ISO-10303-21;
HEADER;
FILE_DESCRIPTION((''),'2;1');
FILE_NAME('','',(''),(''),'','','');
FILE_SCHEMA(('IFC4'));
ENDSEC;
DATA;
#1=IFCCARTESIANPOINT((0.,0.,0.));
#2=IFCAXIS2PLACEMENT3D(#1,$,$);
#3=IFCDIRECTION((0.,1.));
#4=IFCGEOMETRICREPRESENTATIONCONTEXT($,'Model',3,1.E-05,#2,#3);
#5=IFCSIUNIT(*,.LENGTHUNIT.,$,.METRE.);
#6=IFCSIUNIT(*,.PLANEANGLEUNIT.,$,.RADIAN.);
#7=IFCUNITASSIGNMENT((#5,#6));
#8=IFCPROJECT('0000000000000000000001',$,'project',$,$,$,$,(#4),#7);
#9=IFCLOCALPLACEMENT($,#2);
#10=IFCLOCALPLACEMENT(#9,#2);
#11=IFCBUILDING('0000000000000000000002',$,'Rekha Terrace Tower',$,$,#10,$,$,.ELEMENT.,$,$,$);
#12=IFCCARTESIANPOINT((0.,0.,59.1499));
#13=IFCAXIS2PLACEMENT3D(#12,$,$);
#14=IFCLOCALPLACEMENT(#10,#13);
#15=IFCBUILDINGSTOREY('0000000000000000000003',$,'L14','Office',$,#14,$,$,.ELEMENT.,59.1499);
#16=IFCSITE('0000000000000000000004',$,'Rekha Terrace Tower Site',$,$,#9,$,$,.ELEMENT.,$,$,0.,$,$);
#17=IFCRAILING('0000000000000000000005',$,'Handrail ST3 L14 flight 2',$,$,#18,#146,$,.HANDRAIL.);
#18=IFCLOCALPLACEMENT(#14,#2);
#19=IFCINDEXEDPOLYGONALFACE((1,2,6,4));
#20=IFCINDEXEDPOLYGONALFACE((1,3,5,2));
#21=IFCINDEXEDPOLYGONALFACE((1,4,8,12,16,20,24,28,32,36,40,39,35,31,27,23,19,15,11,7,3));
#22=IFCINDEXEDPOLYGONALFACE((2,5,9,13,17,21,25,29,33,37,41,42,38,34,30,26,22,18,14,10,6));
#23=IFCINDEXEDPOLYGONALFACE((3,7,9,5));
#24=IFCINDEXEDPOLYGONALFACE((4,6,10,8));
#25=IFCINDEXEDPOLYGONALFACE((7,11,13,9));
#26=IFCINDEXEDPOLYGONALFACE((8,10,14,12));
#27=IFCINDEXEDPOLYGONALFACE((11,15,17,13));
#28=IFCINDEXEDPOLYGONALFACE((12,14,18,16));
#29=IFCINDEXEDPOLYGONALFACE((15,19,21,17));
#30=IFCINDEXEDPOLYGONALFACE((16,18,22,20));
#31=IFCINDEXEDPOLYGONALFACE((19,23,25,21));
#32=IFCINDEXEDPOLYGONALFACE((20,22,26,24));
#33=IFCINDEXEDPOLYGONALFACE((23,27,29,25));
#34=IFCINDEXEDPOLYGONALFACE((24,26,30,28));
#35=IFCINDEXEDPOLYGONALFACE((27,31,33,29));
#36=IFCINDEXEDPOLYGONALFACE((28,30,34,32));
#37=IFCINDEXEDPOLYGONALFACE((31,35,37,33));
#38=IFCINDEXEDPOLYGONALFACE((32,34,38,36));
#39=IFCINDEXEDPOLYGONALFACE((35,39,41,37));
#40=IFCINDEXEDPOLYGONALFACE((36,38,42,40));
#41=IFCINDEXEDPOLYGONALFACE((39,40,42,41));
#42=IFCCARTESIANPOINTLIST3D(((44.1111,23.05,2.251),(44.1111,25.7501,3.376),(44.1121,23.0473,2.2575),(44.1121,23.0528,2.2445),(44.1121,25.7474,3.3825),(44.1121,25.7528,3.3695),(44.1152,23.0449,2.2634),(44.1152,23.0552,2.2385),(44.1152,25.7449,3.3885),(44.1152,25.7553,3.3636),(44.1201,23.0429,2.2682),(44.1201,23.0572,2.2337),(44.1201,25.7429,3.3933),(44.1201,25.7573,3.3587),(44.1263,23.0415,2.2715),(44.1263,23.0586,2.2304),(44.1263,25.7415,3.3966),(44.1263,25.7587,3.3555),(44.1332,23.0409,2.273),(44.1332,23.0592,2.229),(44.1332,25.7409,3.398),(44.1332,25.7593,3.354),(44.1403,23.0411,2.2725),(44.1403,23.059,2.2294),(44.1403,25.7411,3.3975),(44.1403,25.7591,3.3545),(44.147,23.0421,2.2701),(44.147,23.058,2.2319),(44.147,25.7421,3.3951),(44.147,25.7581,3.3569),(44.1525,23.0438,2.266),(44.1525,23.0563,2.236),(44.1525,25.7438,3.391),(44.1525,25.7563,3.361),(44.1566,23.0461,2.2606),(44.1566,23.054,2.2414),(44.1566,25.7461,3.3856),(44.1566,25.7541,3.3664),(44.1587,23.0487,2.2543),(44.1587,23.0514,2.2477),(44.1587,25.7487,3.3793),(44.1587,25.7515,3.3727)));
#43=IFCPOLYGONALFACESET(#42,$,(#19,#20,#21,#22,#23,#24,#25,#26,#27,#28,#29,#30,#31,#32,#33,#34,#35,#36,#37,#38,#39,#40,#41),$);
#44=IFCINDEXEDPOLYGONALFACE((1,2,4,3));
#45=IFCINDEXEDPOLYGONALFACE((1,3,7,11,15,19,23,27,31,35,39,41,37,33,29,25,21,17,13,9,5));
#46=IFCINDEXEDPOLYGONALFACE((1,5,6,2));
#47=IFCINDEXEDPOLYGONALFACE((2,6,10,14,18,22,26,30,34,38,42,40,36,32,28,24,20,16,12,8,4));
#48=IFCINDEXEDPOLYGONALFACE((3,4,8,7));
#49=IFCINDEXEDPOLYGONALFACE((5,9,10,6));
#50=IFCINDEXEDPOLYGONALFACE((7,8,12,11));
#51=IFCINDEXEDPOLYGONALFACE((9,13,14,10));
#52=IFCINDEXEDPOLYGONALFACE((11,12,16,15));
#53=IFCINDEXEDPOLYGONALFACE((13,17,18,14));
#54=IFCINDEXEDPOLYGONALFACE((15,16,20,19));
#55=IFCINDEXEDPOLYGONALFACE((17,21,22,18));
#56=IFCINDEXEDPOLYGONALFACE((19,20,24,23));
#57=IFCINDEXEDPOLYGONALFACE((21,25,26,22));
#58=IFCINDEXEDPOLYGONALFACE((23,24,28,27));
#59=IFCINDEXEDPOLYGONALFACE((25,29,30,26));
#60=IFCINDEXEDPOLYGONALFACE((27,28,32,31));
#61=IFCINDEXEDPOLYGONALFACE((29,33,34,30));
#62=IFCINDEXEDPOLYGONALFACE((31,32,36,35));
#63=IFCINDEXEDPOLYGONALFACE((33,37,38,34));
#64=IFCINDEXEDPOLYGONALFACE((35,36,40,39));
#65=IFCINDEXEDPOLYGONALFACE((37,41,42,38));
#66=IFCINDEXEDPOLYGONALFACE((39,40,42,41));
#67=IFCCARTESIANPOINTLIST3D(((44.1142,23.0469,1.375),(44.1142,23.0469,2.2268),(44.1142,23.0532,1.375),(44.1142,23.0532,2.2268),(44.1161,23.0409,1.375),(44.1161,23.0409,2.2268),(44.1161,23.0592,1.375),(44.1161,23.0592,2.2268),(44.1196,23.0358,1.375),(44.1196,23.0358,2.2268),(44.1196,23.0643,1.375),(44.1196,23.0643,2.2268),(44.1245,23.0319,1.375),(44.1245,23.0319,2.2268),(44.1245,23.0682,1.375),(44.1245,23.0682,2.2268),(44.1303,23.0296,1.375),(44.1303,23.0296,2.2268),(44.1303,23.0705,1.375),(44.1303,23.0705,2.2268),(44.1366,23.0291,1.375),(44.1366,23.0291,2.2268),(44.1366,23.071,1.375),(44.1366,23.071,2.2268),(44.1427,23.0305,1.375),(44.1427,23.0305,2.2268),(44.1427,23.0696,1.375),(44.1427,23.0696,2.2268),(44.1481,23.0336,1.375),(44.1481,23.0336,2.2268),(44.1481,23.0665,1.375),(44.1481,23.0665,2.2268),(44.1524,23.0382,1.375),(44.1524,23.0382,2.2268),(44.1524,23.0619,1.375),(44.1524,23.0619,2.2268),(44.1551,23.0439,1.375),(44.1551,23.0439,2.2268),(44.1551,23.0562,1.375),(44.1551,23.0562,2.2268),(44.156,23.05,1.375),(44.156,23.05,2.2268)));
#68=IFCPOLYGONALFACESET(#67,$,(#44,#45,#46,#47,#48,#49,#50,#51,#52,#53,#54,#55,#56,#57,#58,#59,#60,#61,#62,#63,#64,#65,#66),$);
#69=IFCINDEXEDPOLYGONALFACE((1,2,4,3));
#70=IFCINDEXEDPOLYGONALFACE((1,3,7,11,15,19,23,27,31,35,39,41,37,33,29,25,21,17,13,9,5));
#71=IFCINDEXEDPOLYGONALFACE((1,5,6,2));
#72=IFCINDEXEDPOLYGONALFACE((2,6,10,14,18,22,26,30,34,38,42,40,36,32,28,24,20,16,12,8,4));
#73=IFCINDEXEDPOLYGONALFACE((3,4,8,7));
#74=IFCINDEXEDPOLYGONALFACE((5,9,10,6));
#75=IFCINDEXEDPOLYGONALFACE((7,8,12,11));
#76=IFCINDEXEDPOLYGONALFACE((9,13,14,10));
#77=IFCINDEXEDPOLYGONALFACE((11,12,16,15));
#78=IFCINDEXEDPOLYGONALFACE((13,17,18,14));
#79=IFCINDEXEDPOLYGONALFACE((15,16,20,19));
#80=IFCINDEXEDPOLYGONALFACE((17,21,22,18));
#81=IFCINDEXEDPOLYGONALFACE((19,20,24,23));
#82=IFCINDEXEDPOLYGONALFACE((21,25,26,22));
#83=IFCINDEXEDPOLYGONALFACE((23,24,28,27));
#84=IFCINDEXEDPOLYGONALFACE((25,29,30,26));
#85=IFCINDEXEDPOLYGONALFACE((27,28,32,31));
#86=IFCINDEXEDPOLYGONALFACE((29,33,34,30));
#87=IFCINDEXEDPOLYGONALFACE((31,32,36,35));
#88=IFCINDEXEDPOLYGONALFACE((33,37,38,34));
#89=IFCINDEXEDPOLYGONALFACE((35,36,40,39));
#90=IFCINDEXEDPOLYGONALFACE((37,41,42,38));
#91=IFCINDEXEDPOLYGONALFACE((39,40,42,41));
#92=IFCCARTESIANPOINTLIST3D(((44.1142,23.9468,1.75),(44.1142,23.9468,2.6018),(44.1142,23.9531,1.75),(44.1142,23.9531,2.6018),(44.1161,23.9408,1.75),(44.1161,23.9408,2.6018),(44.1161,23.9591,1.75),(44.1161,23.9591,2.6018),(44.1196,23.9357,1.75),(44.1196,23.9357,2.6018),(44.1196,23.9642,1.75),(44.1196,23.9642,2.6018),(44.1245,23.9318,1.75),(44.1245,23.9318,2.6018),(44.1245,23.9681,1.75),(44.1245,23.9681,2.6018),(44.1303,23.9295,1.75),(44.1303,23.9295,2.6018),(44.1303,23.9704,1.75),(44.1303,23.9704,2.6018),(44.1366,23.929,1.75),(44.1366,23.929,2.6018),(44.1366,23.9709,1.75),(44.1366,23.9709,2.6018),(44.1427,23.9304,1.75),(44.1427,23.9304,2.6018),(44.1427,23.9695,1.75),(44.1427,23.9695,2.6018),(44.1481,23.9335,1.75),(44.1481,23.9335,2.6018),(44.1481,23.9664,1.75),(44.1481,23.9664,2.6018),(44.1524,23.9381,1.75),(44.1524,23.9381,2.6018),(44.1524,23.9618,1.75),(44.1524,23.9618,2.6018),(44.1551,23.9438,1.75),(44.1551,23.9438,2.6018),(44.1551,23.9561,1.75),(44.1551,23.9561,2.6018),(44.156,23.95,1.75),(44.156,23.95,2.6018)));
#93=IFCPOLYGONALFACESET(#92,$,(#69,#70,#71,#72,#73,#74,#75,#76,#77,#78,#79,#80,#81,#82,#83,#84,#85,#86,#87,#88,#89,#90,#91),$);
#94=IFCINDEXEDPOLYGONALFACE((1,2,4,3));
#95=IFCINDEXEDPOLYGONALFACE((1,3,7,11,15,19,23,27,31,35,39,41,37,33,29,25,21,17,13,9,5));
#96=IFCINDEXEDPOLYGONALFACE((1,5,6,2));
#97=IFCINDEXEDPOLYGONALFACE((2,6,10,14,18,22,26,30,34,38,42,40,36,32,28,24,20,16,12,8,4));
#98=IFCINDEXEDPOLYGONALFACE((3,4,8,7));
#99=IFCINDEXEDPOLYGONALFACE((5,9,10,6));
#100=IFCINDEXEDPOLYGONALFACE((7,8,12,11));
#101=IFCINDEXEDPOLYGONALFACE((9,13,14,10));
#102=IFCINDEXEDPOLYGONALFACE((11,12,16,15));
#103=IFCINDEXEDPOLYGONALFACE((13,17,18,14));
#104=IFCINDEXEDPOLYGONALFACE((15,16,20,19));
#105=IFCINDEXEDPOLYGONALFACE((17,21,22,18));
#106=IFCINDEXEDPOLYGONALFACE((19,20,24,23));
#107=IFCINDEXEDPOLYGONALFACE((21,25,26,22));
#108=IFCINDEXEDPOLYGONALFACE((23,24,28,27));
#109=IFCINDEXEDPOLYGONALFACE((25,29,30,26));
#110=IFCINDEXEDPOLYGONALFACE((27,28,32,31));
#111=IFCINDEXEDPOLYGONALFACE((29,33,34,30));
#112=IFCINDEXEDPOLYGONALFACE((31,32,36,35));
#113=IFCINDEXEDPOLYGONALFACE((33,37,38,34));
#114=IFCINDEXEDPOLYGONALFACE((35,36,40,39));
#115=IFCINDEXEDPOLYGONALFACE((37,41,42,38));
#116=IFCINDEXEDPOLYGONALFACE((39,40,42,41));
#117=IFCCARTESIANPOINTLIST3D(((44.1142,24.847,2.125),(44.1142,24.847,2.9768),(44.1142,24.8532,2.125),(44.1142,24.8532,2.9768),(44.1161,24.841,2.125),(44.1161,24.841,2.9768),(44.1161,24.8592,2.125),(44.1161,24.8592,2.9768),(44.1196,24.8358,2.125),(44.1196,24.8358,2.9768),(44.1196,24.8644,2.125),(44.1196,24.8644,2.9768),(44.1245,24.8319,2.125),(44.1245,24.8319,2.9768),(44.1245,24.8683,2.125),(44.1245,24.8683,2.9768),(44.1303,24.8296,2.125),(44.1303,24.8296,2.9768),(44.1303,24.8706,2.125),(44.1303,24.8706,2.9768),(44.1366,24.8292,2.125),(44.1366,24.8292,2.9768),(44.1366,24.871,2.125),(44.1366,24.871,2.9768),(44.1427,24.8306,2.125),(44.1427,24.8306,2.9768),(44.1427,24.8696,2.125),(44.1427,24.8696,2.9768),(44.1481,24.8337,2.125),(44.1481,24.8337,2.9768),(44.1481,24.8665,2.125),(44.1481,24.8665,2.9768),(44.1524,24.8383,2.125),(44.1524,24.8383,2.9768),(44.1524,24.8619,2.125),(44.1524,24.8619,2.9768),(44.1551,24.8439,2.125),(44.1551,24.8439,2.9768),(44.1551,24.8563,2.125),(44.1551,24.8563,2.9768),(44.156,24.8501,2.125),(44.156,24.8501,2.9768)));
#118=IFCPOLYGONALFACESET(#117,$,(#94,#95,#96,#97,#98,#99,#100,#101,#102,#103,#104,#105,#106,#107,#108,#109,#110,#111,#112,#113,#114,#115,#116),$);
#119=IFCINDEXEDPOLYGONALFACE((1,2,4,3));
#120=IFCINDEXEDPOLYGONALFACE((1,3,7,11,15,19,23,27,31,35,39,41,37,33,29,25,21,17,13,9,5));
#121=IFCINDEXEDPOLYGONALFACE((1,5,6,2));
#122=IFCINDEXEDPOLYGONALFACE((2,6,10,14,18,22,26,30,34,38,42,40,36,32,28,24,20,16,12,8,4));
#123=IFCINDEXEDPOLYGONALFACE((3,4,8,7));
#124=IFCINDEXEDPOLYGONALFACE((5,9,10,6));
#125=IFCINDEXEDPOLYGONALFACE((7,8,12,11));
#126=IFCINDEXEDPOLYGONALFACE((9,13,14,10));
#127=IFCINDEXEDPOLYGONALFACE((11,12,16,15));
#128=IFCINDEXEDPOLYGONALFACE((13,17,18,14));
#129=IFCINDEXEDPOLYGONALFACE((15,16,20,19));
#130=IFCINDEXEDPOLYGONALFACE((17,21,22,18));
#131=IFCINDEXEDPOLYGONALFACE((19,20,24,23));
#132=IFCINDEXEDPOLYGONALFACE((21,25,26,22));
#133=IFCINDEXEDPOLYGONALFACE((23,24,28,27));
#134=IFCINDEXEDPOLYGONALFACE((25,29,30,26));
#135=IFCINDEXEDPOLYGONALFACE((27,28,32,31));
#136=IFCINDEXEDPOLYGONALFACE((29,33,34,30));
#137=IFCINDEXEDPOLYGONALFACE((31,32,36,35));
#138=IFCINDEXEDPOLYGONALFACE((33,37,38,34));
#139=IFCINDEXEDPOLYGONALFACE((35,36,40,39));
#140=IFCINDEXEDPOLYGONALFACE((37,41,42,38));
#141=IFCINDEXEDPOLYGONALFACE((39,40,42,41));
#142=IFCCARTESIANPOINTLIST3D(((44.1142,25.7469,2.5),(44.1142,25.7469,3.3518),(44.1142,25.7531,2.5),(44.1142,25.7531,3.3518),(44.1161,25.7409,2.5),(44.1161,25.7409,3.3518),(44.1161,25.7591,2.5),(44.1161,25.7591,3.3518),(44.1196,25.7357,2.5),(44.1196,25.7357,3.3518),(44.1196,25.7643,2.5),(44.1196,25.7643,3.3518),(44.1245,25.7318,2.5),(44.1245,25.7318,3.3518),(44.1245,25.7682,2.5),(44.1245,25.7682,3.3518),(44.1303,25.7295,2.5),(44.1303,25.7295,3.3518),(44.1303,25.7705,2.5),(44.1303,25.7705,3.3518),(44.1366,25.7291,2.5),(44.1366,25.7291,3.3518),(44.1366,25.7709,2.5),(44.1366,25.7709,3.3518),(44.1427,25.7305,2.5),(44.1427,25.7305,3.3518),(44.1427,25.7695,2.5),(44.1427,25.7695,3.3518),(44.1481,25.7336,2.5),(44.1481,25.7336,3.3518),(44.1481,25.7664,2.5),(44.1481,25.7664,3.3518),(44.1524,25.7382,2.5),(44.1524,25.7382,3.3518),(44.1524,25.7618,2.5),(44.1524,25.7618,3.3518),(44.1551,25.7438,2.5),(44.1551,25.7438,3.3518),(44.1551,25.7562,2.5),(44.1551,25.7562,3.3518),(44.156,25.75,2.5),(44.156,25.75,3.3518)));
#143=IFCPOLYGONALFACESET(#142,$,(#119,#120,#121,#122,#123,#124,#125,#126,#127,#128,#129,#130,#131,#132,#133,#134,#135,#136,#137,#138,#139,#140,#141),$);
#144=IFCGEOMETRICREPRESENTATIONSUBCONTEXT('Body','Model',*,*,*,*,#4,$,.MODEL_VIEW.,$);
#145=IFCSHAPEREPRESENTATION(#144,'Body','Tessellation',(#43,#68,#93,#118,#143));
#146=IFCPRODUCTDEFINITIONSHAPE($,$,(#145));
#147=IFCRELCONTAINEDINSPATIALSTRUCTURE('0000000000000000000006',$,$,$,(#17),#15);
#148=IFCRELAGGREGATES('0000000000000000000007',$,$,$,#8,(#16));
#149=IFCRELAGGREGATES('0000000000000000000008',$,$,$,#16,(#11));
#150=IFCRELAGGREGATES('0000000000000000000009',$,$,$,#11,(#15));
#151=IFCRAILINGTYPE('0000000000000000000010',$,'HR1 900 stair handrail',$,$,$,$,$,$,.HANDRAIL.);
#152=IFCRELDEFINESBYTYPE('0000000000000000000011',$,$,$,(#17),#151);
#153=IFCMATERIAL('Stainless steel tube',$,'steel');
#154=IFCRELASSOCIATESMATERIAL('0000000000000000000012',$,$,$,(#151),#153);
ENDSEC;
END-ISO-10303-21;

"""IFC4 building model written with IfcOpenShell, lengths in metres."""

from ifc_helpers import new_model, si_unit, direction, frame, origin, origin_2d, place, context, subcontext, project, spatial, circle, extrude, material, type_object, element, save


model = new_model("IFC4")

# Units and contexts
model_context = context("Model", 3, precision=1e-05, world=origin(), true_north=direction((0.0, 1.0)))
body_context = subcontext(model_context, "Body", "Model", "MODEL_VIEW")
ifc_project = project(units=[si_unit("LENGTHUNIT", "METRE"), si_unit("PLANEANGLEUNIT", "RADIAN")], contexts=[model_context])

# Site, building, storey
site_placement = place(None, origin())
site = spatial("IfcSite", under=ifc_project, at=site_placement, Name="Rekha Terrace Tower Site", CompositionType="ELEMENT", RefElevation=0.0)
building_placement = place(site_placement, origin())
building = spatial("IfcBuilding", under=site, at=building_placement, Name="Rekha Terrace Tower", CompositionType="ELEMENT")
storey_placement = place(building_placement, frame((0.0, 0.0, 59.1499)))
storey = spatial("IfcBuildingStorey", under=building, at=storey_placement, Name="L14", Description="Office", CompositionType="ELEMENT", Elevation=59.1499)

# Railing
ifc_material_1 = material(Name="Stainless steel tube", Category="steel")
railing_type = type_object("IfcRailingType", Name="HR1 900 stair handrail", PredefinedType="HANDRAIL", material=ifc_material_1)
railing_placement = place(storey_placement, frame((44.135, 23.05, 1.375)))
element("IfcRailing", 1, at=railing_placement, inside=storey, type_object=railing_type, Name="Handrail ST3 L14 flight 2", PredefinedType="HANDRAIL", context=body_context, shape_type="SweptSolid", body=[
    extrude(circle(Radius=0.0239, at=origin_2d()), frame((0.0, 0.0, 0.876), z_axis=(0.0, 0.923074, 0.384621), x_axis=(-1.0, 0.0, 0.0)), (0.0, 0.0, 1.0), 2.925),
    extrude(circle(Radius=0.021, at=origin_2d()), origin(), (0.0, 0.0, 1.0), 0.8518),
    extrude(circle(Radius=0.021, at=origin_2d()), frame((0.0, 0.8999, 0.375)), (0.0, 0.0, 1.0), 0.8518),
    extrude(circle(Radius=0.021, at=origin_2d()), frame((0.0, 1.8, 0.75)), (0.0, 0.0, 1.0), 0.8518),
    extrude(circle(Radius=0.021, at=origin_2d()), frame((0.0, 2.7, 1.125)), (0.0, 0.0, 1.0), 0.8518),
])

save(model, "model.ifc")
